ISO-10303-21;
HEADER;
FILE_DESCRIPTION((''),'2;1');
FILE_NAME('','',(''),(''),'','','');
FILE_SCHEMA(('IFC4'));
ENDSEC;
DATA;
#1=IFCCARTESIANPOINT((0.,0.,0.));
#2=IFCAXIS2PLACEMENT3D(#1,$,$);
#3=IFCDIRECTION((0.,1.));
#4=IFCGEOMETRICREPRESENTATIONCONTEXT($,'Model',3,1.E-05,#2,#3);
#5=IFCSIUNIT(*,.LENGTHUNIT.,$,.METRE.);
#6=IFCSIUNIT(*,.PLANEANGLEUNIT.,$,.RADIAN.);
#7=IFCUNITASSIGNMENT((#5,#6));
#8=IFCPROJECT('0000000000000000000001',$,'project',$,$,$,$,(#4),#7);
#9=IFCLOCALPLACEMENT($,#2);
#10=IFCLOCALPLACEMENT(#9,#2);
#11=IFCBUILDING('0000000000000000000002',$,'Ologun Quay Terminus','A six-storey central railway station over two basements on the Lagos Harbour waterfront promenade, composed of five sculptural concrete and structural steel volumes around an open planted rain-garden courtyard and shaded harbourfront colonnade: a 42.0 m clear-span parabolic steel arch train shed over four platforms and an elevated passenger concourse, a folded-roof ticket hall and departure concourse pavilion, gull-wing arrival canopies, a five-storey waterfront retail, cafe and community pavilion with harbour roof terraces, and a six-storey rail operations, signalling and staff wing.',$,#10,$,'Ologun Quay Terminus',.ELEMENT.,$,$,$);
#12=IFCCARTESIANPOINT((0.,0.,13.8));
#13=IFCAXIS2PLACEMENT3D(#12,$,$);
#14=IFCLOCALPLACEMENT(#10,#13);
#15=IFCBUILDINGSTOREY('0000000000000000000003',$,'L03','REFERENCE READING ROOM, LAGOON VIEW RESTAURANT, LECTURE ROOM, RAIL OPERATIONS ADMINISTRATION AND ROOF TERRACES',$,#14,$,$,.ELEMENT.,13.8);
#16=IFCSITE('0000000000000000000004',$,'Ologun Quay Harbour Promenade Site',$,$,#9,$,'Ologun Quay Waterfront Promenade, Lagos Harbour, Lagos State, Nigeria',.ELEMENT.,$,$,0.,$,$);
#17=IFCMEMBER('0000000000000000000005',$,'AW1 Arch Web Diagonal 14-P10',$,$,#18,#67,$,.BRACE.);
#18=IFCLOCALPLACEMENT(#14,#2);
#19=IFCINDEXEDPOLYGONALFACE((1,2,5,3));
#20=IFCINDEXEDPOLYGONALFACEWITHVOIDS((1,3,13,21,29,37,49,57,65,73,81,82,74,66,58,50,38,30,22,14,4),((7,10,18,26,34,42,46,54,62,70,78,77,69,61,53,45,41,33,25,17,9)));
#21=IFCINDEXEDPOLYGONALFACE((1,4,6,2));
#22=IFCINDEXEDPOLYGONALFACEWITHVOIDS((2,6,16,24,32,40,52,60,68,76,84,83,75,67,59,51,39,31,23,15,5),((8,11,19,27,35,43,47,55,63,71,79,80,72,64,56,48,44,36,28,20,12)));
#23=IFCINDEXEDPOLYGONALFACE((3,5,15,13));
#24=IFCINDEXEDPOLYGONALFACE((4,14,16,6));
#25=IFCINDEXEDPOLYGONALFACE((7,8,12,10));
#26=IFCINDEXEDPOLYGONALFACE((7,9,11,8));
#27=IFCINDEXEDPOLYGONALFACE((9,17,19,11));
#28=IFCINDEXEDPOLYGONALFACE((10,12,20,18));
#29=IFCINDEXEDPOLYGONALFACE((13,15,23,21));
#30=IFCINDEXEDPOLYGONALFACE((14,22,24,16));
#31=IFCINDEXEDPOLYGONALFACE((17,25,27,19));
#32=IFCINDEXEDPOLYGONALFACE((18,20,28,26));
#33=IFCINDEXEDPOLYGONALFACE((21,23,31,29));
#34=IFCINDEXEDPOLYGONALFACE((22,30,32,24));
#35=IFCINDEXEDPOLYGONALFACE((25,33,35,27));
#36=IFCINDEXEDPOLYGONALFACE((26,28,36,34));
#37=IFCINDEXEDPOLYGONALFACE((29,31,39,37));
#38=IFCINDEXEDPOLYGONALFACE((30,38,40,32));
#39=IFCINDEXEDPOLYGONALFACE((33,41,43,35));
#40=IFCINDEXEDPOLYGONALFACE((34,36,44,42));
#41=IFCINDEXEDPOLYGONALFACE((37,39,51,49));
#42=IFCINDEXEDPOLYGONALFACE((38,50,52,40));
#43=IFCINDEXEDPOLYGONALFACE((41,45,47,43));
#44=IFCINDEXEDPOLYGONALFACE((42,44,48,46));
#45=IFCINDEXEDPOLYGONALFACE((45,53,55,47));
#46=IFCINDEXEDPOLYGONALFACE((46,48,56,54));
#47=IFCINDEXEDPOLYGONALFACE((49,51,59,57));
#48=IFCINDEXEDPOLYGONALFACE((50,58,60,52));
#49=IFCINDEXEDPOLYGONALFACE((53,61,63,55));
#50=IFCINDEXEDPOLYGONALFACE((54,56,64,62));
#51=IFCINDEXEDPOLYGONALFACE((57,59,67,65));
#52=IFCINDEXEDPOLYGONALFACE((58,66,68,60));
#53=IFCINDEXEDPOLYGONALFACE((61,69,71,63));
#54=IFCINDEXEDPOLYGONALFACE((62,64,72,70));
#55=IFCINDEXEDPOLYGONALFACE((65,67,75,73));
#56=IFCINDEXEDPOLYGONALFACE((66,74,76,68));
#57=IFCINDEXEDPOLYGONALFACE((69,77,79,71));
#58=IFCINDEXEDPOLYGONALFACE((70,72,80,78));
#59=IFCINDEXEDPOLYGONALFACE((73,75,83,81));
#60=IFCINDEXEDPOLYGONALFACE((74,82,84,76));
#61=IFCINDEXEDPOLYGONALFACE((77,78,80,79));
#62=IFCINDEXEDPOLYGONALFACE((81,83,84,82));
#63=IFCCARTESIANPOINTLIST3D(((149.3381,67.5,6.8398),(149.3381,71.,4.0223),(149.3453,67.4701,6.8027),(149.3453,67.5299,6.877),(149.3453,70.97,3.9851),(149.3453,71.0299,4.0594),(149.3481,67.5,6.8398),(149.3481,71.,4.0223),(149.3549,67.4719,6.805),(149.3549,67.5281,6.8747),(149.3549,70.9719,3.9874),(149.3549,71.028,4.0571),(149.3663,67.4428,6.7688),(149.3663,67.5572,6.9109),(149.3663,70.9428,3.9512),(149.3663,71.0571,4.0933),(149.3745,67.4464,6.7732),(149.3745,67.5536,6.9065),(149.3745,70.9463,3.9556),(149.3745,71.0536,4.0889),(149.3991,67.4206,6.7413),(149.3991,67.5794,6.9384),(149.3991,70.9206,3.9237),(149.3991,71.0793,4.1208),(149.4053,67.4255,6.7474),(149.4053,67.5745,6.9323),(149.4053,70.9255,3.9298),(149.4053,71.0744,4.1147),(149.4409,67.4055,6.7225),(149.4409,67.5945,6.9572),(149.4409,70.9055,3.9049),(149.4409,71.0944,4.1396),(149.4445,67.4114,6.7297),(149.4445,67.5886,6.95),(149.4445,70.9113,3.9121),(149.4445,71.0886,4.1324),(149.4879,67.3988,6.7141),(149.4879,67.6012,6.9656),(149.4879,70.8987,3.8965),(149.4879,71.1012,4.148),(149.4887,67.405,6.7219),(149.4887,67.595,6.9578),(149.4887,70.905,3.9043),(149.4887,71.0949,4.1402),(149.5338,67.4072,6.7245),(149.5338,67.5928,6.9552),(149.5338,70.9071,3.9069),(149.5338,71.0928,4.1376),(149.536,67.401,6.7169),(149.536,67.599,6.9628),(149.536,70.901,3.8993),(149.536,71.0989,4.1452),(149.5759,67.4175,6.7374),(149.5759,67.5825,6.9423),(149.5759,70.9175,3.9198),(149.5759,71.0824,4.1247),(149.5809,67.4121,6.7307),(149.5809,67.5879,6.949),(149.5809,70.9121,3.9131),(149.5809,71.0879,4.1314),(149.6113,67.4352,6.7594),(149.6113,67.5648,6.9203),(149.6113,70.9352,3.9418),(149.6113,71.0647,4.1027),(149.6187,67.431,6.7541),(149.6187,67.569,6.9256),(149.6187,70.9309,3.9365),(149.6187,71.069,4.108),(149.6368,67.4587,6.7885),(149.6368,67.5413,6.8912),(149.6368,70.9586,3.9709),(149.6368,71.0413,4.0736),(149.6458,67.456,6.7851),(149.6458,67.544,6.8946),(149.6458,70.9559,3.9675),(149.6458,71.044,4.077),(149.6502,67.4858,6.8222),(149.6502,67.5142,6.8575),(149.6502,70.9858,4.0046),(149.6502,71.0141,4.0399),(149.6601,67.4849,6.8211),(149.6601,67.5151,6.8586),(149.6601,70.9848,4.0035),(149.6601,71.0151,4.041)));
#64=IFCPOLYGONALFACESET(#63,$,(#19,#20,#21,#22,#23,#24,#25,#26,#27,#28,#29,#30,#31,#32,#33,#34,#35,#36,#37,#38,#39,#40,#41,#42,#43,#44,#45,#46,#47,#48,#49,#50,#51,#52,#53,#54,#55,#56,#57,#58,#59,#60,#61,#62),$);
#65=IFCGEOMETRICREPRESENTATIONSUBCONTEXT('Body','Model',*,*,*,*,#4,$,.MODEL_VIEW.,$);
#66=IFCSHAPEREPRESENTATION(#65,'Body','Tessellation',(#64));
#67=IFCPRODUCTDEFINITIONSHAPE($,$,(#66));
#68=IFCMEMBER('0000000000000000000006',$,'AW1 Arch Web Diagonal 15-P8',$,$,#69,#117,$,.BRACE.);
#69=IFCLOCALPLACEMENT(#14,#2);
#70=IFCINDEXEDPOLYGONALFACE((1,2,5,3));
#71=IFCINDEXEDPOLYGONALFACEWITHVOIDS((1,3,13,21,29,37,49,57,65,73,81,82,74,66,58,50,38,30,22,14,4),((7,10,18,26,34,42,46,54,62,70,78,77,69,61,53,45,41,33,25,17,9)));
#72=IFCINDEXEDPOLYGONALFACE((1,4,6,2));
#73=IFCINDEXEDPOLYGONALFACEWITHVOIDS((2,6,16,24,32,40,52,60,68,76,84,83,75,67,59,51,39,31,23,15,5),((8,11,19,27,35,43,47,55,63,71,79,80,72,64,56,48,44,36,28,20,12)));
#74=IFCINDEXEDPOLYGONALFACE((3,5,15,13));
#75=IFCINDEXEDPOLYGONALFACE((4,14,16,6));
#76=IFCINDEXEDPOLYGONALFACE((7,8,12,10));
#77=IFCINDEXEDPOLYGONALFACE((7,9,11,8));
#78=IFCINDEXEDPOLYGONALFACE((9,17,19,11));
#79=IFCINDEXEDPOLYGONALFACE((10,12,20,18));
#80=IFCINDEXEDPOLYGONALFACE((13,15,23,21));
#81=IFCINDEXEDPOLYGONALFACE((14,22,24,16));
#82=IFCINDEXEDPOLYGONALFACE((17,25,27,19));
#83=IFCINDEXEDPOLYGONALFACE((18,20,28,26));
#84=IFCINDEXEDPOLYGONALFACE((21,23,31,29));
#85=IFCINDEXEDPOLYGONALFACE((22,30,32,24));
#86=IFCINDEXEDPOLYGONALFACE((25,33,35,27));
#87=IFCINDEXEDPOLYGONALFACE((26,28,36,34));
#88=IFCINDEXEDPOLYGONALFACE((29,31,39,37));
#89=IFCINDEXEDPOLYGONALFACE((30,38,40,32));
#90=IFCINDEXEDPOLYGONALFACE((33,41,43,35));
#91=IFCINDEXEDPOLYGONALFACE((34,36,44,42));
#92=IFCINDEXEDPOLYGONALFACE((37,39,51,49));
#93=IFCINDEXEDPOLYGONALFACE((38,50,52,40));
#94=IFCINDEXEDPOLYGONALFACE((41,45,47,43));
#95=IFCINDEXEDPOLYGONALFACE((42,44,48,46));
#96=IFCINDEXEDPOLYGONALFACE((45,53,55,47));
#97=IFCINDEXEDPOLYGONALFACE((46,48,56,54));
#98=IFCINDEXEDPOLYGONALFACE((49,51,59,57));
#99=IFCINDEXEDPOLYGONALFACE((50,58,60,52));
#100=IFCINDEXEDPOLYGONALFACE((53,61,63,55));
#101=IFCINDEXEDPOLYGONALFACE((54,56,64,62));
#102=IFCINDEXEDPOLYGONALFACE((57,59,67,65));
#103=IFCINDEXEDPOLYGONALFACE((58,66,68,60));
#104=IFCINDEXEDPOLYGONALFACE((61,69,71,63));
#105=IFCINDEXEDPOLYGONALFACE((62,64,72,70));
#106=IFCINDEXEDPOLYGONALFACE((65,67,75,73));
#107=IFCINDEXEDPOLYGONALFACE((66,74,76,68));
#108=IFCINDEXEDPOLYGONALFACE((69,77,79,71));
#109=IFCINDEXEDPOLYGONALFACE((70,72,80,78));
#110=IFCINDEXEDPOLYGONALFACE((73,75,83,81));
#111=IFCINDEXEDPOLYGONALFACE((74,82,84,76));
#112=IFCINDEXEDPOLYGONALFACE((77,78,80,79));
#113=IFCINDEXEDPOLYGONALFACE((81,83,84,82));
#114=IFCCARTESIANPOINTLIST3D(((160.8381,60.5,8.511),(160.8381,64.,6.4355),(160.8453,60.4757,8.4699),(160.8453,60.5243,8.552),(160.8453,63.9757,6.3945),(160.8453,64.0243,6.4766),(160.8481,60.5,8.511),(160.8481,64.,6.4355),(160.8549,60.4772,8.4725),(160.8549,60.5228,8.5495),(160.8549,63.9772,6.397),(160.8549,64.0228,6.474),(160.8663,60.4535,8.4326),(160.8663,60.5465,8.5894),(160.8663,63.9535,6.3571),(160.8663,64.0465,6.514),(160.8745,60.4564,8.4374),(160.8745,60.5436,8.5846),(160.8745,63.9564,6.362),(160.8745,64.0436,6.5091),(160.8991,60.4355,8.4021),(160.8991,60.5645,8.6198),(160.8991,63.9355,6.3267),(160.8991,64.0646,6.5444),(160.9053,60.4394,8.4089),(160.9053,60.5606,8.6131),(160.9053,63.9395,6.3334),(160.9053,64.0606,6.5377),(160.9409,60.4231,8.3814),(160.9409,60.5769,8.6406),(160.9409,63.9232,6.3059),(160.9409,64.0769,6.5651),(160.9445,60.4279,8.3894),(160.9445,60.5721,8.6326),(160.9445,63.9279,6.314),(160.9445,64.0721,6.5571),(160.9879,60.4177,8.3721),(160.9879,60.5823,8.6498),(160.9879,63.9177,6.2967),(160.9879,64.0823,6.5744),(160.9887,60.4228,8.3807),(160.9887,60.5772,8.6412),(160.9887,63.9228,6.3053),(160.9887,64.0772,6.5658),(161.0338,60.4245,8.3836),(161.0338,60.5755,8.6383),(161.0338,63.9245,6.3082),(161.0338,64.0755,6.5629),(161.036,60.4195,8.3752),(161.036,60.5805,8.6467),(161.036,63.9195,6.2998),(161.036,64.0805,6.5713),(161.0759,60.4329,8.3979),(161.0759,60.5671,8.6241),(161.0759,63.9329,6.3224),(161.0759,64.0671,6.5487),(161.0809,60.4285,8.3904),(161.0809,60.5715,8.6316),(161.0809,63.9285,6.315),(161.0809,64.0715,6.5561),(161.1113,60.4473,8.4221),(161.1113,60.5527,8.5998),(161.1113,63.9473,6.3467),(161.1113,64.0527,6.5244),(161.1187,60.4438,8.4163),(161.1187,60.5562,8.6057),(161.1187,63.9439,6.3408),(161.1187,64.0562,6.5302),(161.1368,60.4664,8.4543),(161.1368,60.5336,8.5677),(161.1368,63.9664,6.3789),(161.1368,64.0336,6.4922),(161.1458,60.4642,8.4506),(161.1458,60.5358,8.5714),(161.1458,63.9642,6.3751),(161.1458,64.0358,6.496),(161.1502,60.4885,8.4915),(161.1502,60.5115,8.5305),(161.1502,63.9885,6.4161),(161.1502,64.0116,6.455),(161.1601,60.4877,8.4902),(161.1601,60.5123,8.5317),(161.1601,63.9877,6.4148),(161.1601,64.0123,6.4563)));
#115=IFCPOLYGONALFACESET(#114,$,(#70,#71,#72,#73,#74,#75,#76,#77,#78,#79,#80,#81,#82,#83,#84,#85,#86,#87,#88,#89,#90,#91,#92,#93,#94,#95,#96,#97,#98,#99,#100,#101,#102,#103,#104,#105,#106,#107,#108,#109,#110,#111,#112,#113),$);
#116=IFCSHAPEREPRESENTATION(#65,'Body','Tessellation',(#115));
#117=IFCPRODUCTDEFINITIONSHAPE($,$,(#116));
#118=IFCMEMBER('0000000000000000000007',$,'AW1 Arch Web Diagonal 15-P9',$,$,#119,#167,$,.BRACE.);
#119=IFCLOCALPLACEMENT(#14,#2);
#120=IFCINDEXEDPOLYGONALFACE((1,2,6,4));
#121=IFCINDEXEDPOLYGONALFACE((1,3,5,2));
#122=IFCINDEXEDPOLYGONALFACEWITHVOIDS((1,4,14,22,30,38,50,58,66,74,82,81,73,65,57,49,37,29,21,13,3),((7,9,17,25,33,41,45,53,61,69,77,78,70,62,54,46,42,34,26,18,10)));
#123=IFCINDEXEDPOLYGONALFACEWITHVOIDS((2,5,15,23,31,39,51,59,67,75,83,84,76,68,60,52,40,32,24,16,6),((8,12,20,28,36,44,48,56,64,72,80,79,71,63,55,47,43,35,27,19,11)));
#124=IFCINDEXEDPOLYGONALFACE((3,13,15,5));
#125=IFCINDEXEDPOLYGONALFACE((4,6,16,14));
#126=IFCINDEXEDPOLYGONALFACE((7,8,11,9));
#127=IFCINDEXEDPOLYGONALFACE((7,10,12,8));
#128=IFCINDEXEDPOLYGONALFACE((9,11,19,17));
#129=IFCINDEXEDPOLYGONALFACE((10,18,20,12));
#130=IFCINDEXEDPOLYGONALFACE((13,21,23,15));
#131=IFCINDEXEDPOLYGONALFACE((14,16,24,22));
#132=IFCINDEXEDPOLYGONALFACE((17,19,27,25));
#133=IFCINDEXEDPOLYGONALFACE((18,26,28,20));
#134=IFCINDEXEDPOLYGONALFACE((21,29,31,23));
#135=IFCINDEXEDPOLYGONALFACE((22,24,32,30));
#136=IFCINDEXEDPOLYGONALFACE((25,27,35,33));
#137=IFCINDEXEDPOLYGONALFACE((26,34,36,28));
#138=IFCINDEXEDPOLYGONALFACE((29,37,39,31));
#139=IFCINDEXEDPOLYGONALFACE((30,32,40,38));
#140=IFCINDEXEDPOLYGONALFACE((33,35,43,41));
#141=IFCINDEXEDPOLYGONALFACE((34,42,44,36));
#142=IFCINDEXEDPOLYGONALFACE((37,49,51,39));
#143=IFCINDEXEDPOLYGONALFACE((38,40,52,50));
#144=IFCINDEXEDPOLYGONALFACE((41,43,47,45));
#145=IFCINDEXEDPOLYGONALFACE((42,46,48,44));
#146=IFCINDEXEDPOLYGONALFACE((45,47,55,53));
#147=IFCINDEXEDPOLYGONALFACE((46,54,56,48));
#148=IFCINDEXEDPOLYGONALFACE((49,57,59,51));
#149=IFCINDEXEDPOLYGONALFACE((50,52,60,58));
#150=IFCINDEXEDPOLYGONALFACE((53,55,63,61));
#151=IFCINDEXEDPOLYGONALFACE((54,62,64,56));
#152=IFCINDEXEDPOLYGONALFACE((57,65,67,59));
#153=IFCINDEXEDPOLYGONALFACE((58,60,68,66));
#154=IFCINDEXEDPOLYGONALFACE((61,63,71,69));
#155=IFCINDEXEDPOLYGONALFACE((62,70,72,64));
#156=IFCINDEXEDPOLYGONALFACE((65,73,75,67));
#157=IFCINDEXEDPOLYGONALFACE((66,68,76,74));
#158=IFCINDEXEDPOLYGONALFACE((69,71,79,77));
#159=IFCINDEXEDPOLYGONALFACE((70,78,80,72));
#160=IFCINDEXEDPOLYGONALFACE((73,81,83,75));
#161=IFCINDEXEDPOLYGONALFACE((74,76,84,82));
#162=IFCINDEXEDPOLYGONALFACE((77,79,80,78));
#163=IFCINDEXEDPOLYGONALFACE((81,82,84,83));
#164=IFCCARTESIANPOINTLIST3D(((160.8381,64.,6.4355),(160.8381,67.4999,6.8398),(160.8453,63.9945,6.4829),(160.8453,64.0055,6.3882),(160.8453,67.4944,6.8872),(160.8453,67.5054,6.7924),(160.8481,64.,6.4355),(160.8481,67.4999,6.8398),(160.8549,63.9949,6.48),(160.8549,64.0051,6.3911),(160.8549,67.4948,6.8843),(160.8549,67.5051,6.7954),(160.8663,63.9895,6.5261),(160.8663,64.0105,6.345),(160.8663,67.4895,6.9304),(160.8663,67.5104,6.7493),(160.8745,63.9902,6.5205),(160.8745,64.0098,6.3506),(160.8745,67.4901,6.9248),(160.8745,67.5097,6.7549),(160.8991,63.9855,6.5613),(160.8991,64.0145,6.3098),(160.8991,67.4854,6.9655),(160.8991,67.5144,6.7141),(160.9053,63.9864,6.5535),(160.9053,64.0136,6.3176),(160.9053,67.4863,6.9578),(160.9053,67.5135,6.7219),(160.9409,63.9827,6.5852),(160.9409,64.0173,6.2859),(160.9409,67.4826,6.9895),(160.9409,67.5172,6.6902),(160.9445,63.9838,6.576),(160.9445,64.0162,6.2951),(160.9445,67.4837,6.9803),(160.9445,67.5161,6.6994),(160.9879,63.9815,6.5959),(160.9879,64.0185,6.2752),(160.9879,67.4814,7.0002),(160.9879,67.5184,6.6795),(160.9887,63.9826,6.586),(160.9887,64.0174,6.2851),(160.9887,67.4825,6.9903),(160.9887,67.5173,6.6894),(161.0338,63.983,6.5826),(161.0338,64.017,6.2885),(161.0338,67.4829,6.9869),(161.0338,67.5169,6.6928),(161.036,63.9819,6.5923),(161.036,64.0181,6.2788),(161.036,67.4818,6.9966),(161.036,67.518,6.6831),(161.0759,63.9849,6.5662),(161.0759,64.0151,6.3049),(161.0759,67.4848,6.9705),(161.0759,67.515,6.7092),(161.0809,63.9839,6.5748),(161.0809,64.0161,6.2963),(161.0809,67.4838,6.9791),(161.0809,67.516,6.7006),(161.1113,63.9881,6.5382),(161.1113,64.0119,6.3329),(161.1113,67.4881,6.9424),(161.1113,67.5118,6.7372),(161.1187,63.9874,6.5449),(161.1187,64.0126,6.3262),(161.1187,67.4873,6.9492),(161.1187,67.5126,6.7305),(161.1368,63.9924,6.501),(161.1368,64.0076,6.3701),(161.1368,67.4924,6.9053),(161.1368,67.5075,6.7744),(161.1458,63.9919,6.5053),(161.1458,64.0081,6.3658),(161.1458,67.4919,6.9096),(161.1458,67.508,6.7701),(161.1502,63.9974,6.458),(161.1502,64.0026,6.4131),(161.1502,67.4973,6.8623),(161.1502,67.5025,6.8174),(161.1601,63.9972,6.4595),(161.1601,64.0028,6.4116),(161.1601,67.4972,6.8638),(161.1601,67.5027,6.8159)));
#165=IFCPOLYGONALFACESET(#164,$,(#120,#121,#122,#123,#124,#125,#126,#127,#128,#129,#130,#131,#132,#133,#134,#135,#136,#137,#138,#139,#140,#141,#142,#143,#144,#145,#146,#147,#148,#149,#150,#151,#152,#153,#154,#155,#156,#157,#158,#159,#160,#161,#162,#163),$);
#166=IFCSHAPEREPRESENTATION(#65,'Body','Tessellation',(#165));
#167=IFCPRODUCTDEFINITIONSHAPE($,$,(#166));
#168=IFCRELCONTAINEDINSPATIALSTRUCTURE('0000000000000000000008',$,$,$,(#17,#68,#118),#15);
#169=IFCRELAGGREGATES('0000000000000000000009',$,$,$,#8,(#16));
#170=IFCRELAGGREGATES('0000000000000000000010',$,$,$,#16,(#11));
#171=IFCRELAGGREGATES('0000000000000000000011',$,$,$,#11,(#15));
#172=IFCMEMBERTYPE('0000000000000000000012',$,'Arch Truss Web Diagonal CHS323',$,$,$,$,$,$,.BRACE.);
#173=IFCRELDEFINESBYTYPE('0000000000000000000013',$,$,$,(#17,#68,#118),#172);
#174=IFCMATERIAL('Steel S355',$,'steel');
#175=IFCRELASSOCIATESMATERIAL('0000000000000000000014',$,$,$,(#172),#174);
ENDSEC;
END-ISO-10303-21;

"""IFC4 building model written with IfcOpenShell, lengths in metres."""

from ifc_helpers import new_model, si_unit, direction, frame, origin, origin_2d, place, context, subcontext, project, spatial, hollow_circle, extrude, material, material_profile, profile_set, type_object, element, save


model = new_model("IFC4")

# Units and contexts
model_context = context("Model", 3, precision=1e-05, world=origin(), true_north=direction((0.0, 1.0)))
body_context = subcontext(model_context, "Body", "Model", "MODEL_VIEW")
ifc_project = project(units=[si_unit("LENGTHUNIT", "METRE"), si_unit("PLANEANGLEUNIT", "RADIAN")], contexts=[model_context])

# Site, building, storey
site_placement = place(None, origin())
site = spatial("IfcSite", under=ifc_project, at=site_placement, Name="Ologun Quay Harbour Promenade Site", LongName="Ologun Quay Waterfront Promenade, Lagos Harbour, Lagos State, Nigeria", CompositionType="ELEMENT", RefElevation=0.0)
building_placement = place(site_placement, origin())
building = spatial("IfcBuilding", under=site, at=building_placement, Name="Ologun Quay Terminus", Description="A six-storey central railway station over two basements on the Lagos Harbour waterfront promenade, composed of five sculptural concrete and structural steel volumes around an open planted rain-garden courtyard and shaded harbourfront colonnade: a 42.0 m clear-span parabolic steel arch train shed over four platforms and an elevated passenger concourse, a folded-roof ticket hall and departure concourse pavilion, gull-wing arrival canopies, a five-storey waterfront retail, cafe and community pavilion with harbour roof terraces, and a six-storey rail operations, signalling and staff wing.", LongName="Ologun Quay Terminus", CompositionType="ELEMENT")
storey_placement = place(building_placement, frame((0.0, 0.0, 13.8)))
storey = spatial("IfcBuildingStorey", under=building, at=storey_placement, Name="L03", Description="REFERENCE READING ROOM, LAGOON VIEW RESTAURANT, LECTURE ROOM, RAIL OPERATIONS ADMINISTRATION AND ROOF TERRACES", CompositionType="ELEMENT", Elevation=13.8)

# Members
ifc_material_1 = material(Name="Steel S355", Category="steel")
ifc_material_profile_1 = material_profile(ifc_material_1, hollow_circle(Radius=0.1619, WallThickness=0.01, at=origin_2d()), Name="CHS 323.9x10")
ifc_profile_set_1 = profile_set([ifc_material_profile_1], Name="Steel S355")
member_type_1 = type_object("IfcMemberType", Name="Arch Truss Web Diagonal CHS323", PredefinedType="BRACE", material=ifc_profile_set_1)
member_1_placement = place(storey_placement, frame((149.5, 67.5, 6.8398), z_axis=(0.0, 0.778951, -0.627084), x_axis=(-1.0, 0.0, 0.0)))
element("IfcMember", 1, at=member_1_placement, inside=storey, type_object=member_type_1, Name="AW1 Arch Web Diagonal 14-P10", PredefinedType="BRACE", context=body_context, shape_type="SweptSolid", body=[
    extrude(hollow_circle(Radius=0.1619, WallThickness=0.01, at=origin_2d()), origin(), (0.0, 0.0, 1.0), 4.4932),
])
member_2_placement = place(storey_placement, frame((161.0, 60.5, 8.511), z_axis=(0.0, 0.860144, -0.510051), x_axis=(-1.0, 0.0, 0.0)))
element("IfcMember", 2, at=member_2_placement, inside=storey, type_object=member_type_1, Name="AW1 Arch Web Diagonal 15-P8", PredefinedType="BRACE", context=body_context, shape_type="SweptSolid", body=[
    extrude(hollow_circle(Radius=0.1619, WallThickness=0.01, at=origin_2d()), origin(), (0.0, 0.0, 1.0), 4.0691),
])
member_3_placement = place(storey_placement, frame((161.0, 64.0, 6.4355), z_axis=(0.0, 0.993394, 0.11475), x_axis=(-1.0, 0.0, 0.0)))
element("IfcMember", 3, at=member_3_placement, inside=storey, type_object=member_type_1, Name="AW1 Arch Web Diagonal 15-P9", PredefinedType="BRACE", context=body_context, shape_type="SweptSolid", body=[
    extrude(hollow_circle(Radius=0.1619, WallThickness=0.01, at=origin_2d()), origin(), (0.0, 0.0, 1.0), 3.5232),
])

save(model, "model.ifc")
